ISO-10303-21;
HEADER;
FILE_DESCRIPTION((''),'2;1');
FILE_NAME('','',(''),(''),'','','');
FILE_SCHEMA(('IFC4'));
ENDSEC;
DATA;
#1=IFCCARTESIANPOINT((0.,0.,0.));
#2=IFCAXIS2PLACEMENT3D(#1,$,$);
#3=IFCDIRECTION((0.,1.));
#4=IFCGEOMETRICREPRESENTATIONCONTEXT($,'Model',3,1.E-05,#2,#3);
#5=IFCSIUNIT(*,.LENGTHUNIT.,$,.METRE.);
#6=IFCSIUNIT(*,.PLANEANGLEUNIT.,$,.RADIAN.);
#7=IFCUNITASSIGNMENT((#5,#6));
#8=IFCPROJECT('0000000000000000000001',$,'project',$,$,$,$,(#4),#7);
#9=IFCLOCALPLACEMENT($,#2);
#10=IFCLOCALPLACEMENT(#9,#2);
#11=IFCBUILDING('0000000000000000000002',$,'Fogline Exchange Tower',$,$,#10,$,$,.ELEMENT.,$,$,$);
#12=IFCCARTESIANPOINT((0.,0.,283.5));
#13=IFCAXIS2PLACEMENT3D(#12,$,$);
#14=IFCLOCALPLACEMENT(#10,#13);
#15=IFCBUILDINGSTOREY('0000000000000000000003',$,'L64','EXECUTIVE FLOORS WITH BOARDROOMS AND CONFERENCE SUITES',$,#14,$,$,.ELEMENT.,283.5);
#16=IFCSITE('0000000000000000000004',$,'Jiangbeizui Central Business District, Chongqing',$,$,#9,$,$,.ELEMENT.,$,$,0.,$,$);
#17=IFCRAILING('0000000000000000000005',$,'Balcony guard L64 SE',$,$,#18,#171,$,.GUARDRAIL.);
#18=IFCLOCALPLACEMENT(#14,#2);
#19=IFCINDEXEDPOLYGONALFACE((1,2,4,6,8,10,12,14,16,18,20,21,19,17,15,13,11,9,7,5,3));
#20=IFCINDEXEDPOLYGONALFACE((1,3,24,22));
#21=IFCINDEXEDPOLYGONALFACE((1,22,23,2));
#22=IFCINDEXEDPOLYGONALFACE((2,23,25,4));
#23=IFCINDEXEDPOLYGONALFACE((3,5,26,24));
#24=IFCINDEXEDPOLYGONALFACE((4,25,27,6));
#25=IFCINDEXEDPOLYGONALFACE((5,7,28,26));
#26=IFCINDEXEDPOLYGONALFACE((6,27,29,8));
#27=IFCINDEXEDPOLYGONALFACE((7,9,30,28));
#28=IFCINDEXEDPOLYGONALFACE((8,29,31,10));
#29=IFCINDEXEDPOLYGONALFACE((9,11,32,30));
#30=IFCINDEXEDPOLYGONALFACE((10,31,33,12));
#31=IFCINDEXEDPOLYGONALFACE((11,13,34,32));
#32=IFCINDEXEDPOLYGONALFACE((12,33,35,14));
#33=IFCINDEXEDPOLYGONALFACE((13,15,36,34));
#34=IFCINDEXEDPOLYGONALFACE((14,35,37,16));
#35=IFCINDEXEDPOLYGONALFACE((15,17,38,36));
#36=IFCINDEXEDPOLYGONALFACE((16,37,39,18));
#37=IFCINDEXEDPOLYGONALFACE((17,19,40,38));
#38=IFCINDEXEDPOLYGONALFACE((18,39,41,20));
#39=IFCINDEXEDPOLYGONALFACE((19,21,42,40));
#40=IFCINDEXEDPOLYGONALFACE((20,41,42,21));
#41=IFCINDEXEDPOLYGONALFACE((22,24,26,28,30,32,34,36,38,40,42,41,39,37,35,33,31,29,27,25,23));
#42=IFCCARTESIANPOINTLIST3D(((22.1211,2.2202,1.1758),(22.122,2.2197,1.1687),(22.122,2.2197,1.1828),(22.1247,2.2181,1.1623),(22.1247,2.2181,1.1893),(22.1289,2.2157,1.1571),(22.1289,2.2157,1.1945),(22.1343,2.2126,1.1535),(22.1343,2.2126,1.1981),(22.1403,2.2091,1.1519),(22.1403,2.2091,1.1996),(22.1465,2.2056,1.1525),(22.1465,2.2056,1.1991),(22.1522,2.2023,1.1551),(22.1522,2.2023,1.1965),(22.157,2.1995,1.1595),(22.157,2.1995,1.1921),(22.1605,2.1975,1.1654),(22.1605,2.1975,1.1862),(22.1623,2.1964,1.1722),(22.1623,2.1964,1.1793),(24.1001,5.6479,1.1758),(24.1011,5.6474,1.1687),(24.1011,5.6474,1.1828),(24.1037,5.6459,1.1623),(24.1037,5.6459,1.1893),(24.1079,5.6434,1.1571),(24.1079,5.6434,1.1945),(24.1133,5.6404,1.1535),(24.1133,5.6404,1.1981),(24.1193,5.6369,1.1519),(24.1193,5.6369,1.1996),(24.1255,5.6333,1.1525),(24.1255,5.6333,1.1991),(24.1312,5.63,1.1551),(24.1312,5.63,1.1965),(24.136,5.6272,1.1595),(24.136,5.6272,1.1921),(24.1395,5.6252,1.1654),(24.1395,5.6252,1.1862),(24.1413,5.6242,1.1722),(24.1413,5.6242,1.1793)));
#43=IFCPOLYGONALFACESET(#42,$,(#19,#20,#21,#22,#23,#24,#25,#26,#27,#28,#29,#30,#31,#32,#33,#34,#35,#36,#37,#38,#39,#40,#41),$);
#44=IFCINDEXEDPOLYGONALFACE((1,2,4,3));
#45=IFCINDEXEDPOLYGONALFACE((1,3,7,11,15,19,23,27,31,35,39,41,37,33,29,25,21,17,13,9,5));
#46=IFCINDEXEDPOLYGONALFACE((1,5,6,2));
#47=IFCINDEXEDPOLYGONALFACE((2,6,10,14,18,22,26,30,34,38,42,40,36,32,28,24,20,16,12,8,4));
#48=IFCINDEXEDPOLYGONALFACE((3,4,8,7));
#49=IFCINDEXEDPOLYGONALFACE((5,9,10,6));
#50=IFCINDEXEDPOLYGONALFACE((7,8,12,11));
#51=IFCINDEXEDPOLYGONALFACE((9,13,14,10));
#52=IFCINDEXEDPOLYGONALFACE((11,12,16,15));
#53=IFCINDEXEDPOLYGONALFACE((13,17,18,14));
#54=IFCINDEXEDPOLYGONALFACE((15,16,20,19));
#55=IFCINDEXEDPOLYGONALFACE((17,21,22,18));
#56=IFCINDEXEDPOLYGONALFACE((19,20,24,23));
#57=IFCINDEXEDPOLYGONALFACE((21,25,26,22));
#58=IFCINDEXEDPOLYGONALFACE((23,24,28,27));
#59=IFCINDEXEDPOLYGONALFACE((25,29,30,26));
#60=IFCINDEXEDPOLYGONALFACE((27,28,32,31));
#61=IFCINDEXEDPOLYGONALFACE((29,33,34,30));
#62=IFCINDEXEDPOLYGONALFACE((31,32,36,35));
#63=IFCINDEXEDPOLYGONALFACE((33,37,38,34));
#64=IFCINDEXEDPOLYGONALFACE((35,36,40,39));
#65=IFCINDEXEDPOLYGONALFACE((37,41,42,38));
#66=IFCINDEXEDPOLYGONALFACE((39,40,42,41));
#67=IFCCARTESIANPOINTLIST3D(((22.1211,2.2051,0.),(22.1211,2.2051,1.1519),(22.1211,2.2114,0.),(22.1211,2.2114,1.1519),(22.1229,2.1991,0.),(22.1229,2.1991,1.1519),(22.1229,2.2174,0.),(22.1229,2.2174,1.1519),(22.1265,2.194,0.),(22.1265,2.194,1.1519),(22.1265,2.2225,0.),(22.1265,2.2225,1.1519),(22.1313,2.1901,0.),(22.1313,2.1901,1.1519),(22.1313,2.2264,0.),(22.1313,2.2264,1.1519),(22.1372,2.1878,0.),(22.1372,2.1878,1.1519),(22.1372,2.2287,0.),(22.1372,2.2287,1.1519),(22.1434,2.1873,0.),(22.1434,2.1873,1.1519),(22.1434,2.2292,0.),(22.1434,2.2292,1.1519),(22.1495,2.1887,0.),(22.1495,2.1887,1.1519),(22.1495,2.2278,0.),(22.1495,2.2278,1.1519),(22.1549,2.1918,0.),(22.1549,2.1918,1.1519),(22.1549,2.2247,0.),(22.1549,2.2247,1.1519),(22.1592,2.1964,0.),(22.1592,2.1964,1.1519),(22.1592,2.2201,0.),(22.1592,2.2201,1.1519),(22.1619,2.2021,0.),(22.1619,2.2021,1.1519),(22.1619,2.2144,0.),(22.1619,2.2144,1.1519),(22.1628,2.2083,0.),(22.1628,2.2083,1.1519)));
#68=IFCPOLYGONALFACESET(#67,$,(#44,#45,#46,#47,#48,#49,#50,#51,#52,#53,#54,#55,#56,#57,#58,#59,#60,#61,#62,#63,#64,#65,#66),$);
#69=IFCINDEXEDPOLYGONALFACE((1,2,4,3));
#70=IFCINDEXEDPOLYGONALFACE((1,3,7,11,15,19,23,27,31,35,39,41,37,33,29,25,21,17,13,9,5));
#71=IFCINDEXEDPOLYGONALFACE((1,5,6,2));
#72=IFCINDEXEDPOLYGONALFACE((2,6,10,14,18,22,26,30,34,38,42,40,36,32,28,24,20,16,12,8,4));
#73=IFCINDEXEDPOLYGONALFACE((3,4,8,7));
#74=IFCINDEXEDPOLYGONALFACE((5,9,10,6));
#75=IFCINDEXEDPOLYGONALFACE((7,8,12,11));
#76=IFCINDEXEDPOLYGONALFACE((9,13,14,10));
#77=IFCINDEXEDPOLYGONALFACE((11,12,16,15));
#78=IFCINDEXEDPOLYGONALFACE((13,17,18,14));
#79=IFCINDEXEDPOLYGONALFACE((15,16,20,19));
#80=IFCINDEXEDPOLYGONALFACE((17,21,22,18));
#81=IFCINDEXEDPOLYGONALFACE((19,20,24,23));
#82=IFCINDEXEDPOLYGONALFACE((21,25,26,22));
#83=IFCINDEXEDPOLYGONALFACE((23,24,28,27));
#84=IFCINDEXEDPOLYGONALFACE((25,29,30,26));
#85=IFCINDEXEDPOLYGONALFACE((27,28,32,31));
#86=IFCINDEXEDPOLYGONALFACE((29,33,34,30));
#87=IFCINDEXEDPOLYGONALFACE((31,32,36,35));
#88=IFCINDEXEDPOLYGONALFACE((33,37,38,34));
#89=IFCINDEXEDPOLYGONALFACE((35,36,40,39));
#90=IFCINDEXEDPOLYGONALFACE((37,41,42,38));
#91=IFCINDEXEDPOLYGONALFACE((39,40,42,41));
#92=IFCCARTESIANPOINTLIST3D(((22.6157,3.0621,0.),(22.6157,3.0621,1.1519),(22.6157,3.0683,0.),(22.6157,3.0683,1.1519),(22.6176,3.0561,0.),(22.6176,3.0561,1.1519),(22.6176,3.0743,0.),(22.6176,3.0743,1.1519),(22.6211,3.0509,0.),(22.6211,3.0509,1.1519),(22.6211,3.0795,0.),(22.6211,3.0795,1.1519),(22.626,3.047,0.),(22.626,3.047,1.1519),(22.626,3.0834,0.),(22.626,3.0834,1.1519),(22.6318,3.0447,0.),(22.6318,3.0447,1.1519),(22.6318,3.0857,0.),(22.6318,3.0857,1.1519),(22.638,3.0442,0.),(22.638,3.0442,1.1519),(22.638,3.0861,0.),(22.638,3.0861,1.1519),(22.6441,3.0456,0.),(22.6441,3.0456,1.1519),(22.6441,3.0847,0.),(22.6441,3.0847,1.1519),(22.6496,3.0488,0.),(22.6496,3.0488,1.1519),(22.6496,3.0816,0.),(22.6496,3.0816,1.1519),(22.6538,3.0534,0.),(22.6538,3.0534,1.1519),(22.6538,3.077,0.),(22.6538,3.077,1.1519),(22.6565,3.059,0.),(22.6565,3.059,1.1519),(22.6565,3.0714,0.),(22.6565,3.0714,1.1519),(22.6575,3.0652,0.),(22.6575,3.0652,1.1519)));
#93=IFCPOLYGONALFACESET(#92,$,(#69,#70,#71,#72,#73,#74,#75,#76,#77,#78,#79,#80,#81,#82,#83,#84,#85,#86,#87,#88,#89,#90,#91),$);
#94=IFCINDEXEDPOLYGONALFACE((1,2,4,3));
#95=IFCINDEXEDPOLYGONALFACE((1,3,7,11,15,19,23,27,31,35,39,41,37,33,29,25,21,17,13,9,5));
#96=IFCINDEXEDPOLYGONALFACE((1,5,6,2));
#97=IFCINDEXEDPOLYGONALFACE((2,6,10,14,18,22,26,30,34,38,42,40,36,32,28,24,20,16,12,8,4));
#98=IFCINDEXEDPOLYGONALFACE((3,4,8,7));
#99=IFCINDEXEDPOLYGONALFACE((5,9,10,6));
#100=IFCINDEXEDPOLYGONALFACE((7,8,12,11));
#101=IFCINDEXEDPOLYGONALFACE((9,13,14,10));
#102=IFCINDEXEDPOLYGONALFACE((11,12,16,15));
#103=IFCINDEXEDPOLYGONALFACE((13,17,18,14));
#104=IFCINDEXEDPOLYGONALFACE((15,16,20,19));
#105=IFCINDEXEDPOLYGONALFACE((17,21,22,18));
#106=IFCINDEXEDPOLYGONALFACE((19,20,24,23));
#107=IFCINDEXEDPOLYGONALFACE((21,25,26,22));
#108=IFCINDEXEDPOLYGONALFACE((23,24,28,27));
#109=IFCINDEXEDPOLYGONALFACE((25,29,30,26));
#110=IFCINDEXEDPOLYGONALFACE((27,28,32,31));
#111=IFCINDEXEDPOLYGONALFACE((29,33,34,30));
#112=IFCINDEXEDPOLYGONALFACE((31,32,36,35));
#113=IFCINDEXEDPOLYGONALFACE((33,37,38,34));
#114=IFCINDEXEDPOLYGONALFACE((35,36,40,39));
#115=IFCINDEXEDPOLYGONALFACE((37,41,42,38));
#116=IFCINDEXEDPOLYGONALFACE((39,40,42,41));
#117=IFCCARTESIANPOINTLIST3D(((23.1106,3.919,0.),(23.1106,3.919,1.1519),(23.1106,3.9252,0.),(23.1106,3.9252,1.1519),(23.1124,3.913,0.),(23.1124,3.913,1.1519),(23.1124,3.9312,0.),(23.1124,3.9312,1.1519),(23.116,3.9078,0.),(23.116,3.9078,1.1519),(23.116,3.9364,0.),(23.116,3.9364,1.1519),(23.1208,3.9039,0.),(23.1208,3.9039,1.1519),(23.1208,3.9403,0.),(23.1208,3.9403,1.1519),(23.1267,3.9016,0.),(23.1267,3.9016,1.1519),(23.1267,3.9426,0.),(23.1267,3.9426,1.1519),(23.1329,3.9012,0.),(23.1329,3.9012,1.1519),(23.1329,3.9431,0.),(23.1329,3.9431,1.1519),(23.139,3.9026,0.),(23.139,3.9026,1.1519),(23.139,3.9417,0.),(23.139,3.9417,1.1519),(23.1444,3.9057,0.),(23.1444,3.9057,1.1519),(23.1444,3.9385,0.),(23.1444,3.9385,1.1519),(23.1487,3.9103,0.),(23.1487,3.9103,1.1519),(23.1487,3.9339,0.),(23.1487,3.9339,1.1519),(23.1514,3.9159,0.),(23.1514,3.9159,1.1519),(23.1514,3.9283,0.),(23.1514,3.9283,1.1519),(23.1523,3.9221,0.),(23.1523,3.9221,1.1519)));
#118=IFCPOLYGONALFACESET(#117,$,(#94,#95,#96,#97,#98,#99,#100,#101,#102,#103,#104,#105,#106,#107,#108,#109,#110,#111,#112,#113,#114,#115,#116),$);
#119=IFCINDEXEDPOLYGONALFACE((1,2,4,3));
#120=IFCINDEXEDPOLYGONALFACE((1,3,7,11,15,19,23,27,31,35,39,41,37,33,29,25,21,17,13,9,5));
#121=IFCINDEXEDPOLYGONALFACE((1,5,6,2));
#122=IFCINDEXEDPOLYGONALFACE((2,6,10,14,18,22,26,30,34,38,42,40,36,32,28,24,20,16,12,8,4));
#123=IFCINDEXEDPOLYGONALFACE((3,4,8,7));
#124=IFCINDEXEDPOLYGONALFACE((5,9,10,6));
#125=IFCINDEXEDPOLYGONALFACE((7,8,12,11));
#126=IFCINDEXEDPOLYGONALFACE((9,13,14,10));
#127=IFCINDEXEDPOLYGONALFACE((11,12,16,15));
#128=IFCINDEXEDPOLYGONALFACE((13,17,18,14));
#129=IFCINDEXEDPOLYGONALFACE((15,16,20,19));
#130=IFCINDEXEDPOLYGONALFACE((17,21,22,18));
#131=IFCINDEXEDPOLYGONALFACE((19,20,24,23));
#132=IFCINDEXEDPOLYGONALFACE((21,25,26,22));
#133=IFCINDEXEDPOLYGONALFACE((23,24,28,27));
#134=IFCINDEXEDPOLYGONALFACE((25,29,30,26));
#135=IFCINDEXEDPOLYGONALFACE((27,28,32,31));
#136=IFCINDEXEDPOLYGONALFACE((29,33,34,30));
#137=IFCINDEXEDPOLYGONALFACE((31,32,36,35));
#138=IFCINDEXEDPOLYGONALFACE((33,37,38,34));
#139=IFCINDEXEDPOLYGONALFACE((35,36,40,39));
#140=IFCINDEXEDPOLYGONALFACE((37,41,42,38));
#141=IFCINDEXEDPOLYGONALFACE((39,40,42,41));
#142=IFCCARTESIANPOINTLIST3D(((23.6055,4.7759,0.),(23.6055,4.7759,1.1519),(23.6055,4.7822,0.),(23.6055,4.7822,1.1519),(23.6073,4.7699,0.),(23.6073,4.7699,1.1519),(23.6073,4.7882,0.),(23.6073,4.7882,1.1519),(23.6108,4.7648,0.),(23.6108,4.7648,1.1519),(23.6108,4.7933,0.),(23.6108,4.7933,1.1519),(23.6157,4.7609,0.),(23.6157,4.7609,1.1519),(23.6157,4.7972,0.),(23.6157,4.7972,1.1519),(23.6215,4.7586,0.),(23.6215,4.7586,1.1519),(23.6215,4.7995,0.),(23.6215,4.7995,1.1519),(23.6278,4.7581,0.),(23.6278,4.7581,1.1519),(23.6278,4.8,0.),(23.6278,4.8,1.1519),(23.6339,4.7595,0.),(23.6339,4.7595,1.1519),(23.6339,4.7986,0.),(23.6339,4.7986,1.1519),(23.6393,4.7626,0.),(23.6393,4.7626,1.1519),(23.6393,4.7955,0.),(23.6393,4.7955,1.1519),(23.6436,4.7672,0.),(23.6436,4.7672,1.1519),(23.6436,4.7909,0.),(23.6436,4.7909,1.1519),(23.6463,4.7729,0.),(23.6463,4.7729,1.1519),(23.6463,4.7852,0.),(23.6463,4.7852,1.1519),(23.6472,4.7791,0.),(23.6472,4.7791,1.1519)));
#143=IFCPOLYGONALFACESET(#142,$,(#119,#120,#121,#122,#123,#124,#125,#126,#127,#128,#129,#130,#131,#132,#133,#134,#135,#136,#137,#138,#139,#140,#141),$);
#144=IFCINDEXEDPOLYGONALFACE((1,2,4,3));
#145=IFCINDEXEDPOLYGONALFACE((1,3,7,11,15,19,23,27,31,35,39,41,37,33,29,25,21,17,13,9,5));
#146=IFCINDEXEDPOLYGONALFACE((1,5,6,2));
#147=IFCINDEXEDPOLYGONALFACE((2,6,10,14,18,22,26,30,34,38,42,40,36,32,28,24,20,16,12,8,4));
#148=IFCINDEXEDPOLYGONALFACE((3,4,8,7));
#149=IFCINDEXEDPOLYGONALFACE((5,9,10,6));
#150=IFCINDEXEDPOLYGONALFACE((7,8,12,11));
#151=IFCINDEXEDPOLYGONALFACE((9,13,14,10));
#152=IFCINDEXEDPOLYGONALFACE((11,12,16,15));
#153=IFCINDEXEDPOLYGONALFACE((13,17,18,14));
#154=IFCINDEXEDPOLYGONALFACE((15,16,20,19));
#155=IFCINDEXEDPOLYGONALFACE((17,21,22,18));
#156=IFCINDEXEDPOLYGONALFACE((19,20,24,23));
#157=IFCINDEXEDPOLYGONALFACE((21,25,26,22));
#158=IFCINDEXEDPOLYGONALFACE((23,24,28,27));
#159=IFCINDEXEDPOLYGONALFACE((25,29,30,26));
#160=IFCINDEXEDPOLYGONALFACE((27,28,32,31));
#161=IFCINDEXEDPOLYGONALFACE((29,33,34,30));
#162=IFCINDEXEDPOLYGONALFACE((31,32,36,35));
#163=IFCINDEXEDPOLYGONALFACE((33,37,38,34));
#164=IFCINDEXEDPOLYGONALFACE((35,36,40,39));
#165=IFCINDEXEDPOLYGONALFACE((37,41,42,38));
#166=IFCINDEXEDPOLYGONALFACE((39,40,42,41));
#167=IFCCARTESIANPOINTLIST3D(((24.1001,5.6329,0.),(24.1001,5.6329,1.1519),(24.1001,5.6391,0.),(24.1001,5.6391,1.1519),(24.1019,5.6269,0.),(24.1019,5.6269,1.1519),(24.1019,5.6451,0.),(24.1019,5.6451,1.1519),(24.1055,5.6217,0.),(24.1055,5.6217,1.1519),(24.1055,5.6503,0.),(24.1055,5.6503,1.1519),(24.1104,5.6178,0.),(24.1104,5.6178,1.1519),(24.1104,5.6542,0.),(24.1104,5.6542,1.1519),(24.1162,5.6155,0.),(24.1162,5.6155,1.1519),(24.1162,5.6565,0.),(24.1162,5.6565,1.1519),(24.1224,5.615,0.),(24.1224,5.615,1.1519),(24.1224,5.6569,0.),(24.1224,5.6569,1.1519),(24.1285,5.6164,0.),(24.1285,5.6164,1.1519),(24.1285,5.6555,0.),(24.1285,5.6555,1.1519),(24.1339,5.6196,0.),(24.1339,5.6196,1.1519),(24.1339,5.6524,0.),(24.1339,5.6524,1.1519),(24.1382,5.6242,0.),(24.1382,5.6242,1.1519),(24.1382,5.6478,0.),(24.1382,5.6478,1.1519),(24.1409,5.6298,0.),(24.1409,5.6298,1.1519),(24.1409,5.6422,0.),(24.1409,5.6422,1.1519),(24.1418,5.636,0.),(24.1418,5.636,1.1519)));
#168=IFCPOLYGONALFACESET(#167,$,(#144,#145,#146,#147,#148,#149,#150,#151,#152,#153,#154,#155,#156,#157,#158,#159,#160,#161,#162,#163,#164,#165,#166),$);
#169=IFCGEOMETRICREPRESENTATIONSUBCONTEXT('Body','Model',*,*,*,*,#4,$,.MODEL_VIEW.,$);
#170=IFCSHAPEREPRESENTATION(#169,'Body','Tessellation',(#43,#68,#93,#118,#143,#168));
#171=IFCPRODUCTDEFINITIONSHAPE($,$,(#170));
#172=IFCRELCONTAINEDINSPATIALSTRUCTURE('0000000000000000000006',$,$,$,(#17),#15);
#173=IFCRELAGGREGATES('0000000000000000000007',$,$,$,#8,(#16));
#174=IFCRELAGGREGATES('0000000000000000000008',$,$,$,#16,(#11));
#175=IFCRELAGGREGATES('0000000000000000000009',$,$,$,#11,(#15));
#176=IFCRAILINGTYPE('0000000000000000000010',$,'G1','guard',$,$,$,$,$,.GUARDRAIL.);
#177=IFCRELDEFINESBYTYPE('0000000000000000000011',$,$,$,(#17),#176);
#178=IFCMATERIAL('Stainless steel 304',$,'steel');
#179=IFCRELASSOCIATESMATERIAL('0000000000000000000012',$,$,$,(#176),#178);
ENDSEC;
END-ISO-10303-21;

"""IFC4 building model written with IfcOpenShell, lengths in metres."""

from ifc_helpers import new_model, si_unit, direction, frame, origin, origin_2d, place, context, subcontext, project, spatial, circle, extrude, material, type_object, element, save


model = new_model("IFC4")

# Units and contexts
model_context = context("Model", 3, precision=1e-05, world=origin(), true_north=direction((0.0, 1.0)))
body_context = subcontext(model_context, "Body", "Model", "MODEL_VIEW")
ifc_project = project(units=[si_unit("LENGTHUNIT", "METRE"), si_unit("PLANEANGLEUNIT", "RADIAN")], contexts=[model_context])

# Site, building, storey
site_placement = place(None, origin())
site = spatial("IfcSite", under=ifc_project, at=site_placement, Name="Jiangbeizui Central Business District, Chongqing", CompositionType="ELEMENT", RefElevation=0.0)
building_placement = place(site_placement, origin())
building = spatial("IfcBuilding", under=site, at=building_placement, Name="Fogline Exchange Tower", CompositionType="ELEMENT")
storey_placement = place(building_placement, frame((0.0, 0.0, 283.5)))
storey = spatial("IfcBuildingStorey", under=building, at=storey_placement, Name="L64", Description="EXECUTIVE FLOORS WITH BOARDROOMS AND CONFERENCE SUITES", CompositionType="ELEMENT", Elevation=283.5)

# Railing
ifc_material_1 = material(Name="Stainless steel 304", Category="steel")
railing_type = type_object("IfcRailingType", Name="G1", Description="guard", PredefinedType="GUARDRAIL", material=ifc_material_1)
railing_placement = place(storey_placement, frame((22.1418, 2.2083, 0.0)))
element("IfcRailing", 1, at=railing_placement, inside=storey, type_object=railing_type, Name="Balcony guard L64 SE", PredefinedType="GUARDRAIL", context=body_context, shape_type="SweptSolid", body=[
    extrude(circle(Radius=0.0239, at=origin_2d()), frame((0.0, 0.0, 1.1758), z_axis=(0.5, 0.866025, 0.0), x_axis=(-0.866025, 0.5, 0.0)), (0.0, 0.0, 1.0), 3.958),
    extrude(circle(Radius=0.021, at=origin_2d()), origin(), (0.0, 0.0, 1.0), 1.1519),
    extrude(circle(Radius=0.021, at=origin_2d()), frame((0.4946, 0.8569, 0.0)), (0.0, 0.0, 1.0), 1.1519),
    extrude(circle(Radius=0.021, at=origin_2d()), frame((0.9895, 1.7139, 0.0)), (0.0, 0.0, 1.0), 1.1519),
    extrude(circle(Radius=0.021, at=origin_2d()), frame((1.4844, 2.5708, 0.0)), (0.0, 0.0, 1.0), 1.1519),
    extrude(circle(Radius=0.021, at=origin_2d()), frame((1.979, 3.4277, 0.0)), (0.0, 0.0, 1.0), 1.1519),
])

save(model, "model.ifc")
